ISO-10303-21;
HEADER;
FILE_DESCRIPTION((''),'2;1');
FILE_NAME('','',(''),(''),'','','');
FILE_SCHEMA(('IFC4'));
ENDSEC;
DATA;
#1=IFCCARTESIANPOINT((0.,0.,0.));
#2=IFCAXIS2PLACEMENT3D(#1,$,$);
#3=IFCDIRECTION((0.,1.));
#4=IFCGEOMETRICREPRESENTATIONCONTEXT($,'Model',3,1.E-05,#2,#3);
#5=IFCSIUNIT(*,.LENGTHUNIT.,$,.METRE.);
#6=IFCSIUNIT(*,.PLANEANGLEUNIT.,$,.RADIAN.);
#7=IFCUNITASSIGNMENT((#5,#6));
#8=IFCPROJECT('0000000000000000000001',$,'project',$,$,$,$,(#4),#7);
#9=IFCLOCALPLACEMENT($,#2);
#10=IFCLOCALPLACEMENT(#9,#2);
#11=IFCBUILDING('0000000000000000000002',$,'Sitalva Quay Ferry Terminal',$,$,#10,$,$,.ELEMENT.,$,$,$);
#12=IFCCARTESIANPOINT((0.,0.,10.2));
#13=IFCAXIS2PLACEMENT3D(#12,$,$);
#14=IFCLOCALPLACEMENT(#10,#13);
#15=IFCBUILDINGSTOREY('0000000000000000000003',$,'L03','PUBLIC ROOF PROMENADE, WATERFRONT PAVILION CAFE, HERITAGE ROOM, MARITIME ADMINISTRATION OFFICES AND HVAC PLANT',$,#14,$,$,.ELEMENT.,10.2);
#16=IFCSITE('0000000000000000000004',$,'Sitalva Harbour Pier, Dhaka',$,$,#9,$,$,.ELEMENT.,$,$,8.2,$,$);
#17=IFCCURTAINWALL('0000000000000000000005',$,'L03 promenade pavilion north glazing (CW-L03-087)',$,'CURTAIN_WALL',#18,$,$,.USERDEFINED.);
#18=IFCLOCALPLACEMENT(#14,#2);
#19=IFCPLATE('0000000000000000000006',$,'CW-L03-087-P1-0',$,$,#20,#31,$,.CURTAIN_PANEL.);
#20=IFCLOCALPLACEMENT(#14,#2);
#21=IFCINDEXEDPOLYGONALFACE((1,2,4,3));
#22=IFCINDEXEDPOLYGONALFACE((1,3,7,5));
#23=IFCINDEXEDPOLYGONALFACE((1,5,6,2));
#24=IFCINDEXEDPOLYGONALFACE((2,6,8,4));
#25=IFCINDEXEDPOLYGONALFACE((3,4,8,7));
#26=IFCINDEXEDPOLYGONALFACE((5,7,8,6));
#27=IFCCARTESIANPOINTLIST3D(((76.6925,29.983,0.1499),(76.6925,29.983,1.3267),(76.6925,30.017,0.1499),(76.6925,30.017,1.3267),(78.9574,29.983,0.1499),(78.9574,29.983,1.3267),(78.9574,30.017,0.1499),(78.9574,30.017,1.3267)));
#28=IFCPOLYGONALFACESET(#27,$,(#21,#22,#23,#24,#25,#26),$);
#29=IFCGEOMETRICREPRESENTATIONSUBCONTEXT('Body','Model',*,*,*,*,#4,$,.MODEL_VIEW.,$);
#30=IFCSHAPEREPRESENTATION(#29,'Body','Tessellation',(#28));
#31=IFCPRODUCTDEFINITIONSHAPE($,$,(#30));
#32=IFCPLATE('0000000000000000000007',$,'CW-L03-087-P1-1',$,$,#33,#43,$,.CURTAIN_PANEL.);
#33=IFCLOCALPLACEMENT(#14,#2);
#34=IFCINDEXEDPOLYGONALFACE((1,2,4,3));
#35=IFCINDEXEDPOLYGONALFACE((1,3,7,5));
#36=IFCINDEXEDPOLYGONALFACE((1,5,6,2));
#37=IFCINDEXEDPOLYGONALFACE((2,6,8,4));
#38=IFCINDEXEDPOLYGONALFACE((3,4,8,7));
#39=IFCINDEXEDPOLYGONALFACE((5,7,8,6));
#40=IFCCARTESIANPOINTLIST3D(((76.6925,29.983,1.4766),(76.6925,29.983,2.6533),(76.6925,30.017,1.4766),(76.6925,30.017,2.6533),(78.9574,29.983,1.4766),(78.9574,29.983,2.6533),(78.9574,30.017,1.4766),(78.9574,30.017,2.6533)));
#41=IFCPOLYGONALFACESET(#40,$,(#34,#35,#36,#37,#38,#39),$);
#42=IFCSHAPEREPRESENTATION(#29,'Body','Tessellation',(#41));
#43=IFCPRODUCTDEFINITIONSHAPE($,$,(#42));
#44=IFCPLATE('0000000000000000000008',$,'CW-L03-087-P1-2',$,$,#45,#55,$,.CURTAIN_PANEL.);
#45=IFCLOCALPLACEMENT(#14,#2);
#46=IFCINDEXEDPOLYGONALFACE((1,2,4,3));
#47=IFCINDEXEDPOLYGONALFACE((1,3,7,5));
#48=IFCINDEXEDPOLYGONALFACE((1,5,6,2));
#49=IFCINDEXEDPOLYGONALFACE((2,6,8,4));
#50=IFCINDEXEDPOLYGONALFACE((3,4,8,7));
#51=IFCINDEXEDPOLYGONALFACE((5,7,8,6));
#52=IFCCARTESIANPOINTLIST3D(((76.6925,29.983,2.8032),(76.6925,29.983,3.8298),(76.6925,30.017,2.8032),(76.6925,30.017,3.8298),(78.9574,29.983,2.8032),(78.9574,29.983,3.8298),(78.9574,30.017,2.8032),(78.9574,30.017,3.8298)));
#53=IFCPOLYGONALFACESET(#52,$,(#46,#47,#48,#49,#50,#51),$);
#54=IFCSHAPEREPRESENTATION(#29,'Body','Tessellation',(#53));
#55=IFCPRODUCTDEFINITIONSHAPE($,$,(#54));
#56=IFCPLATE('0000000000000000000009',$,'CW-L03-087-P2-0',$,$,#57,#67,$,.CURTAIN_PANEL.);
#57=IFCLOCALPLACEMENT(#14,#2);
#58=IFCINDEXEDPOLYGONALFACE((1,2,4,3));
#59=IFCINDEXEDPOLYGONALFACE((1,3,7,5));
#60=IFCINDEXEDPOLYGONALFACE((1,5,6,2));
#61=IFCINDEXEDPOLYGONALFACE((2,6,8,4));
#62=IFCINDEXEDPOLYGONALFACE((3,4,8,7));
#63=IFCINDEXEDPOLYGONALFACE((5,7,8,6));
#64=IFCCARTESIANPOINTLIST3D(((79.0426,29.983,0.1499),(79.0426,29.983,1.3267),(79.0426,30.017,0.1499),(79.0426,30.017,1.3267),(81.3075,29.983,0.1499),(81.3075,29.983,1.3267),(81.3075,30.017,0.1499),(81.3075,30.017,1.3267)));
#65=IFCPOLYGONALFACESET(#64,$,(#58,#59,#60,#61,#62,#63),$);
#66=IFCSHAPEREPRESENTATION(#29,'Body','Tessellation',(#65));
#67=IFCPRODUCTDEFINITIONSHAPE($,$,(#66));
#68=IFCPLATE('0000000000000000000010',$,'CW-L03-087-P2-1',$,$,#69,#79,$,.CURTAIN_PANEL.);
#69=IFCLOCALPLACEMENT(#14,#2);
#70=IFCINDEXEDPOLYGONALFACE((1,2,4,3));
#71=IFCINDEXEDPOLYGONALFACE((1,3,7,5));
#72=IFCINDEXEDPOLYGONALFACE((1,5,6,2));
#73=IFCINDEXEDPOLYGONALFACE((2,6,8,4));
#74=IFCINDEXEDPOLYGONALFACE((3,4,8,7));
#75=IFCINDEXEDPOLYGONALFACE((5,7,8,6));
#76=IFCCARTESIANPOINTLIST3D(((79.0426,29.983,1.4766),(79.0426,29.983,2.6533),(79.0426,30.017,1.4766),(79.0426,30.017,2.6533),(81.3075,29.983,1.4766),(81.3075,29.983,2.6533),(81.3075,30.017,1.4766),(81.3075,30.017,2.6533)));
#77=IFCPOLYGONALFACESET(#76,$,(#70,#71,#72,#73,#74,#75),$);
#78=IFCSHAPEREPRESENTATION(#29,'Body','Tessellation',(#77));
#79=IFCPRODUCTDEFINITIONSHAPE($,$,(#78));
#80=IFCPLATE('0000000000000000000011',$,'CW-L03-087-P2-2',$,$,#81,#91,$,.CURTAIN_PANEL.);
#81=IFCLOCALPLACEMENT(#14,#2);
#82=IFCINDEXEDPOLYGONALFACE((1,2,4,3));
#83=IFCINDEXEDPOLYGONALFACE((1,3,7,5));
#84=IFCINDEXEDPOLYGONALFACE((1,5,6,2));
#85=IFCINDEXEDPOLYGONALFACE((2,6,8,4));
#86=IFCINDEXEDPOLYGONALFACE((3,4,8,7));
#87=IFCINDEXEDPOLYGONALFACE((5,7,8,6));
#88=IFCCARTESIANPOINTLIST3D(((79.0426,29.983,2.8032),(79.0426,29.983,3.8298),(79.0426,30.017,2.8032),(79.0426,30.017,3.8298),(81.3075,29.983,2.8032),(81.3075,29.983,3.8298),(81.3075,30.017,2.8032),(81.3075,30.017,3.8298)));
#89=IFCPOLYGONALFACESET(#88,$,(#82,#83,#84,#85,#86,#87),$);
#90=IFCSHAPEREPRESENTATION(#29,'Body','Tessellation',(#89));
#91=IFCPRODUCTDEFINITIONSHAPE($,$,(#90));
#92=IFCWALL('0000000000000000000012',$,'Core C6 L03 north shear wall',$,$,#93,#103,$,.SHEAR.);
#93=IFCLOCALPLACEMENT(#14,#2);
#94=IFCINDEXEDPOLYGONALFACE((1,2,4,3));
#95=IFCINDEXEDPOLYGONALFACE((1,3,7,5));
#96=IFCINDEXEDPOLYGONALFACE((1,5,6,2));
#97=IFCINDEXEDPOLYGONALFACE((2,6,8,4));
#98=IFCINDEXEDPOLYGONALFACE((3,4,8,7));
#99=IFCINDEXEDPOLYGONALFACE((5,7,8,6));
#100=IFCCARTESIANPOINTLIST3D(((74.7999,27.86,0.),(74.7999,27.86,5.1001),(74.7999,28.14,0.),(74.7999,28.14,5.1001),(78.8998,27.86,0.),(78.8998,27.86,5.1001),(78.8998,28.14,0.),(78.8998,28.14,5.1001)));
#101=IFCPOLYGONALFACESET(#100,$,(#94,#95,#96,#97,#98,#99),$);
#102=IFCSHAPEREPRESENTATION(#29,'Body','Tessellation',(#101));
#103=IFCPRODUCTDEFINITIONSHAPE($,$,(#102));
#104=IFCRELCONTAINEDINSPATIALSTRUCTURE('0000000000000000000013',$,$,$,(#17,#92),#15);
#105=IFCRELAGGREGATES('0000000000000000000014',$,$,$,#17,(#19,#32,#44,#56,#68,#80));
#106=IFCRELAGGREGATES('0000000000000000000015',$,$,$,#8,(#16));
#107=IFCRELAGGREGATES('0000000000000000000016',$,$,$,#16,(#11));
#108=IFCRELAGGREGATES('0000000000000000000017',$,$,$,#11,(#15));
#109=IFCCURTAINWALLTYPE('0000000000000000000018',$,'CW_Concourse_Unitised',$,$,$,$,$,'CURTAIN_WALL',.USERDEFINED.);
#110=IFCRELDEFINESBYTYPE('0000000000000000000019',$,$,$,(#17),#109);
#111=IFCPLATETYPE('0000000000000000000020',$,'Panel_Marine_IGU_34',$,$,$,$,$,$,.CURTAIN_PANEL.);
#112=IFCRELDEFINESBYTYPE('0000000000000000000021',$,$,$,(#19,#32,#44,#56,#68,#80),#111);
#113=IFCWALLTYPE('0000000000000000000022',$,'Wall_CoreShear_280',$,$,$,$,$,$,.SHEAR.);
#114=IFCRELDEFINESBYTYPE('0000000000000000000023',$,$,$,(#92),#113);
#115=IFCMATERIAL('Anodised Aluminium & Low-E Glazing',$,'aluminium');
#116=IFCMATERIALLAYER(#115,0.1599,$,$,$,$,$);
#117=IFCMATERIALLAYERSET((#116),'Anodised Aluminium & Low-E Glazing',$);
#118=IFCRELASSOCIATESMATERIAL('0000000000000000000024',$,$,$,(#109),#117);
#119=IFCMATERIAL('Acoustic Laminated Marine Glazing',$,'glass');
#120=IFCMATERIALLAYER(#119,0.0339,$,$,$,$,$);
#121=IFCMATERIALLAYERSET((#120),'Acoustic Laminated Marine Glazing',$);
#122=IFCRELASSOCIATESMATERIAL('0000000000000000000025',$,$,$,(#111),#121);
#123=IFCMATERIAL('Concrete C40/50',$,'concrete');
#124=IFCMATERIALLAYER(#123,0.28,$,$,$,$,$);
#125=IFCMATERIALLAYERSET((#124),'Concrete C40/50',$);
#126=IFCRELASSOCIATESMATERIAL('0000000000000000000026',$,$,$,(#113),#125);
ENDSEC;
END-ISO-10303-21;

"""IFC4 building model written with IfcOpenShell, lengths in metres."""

from ifc_helpers import new_model, si_unit, direction, frame, frame_2d, origin, origin_2d, place, context, subcontext, project, spatial, rectangle, extrude, material, layer, layer_set, type_object, element, aggregate, save


model = new_model("IFC4")

# Units and contexts
model_context = context("Model", 3, precision=1e-05, world=origin(), true_north=direction((0.0, 1.0)))
body_context = subcontext(model_context, "Body", "Model", "MODEL_VIEW")
ifc_project = project(units=[si_unit("LENGTHUNIT", "METRE"), si_unit("PLANEANGLEUNIT", "RADIAN")], contexts=[model_context])

# Site, building, storey
site_placement = place(None, origin())
site = spatial("IfcSite", under=ifc_project, at=site_placement, Name="Sitalva Harbour Pier, Dhaka", CompositionType="ELEMENT", RefElevation=8.2)
building_placement = place(site_placement, origin())
building = spatial("IfcBuilding", under=site, at=building_placement, Name="Sitalva Quay Ferry Terminal", CompositionType="ELEMENT")
storey_placement = place(building_placement, frame((0.0, 0.0, 10.2)))
storey = spatial("IfcBuildingStorey", under=building, at=storey_placement, Name="L03", Description="PUBLIC ROOF PROMENADE, WATERFRONT PAVILION CAFE, HERITAGE ROOM, MARITIME ADMINISTRATION OFFICES AND HVAC PLANT", CompositionType="ELEMENT", Elevation=10.2)

# Curtain wall, plates
ifc_material_1 = material(Name="Anodised Aluminium & Low-E Glazing", Category="aluminium")
ifc_layer_1 = layer(ifc_material_1, 0.1599)
ifc_layer_set_1 = layer_set([ifc_layer_1], Name="Anodised Aluminium & Low-E Glazing")
curtain_wall_type = type_object("IfcCurtainWallType", Name="CW_Concourse_Unitised", ElementType="CURTAIN_WALL", PredefinedType="USERDEFINED", material=ifc_layer_set_1)
curtain_wall_placement = place(storey_placement, origin())
curtain_wall = element("IfcCurtainWall", 1, at=curtain_wall_placement, inside=storey, type_object=curtain_wall_type, Name="L03 promenade pavilion north glazing (CW-L03-087)", ObjectType="CURTAIN_WALL", PredefinedType="USERDEFINED")
ifc_material_2 = material(Name="Acoustic Laminated Marine Glazing", Category="glass")
ifc_layer_2 = layer(ifc_material_2, 0.0339)
ifc_layer_set_2 = layer_set([ifc_layer_2], Name="Acoustic Laminated Marine Glazing")
plate_type = type_object("IfcPlateType", Name="Panel_Marine_IGU_34", PredefinedType="CURTAIN_PANEL", material=ifc_layer_set_2)
plate_1_placement = place(storey_placement, frame((77.825, 30.0, 0.1499), z_axis=(0.0, 0.0, 1.0), x_axis=(1.0, 0.0, 0.0)))
plate_1 = element("IfcPlate", 2, at=plate_1_placement, type_object=plate_type, Name="CW-L03-087-P1-0", PredefinedType="CURTAIN_PANEL", context=body_context, shape_type="SweptSolid", body=[
    extrude(rectangle(XDim=2.2649, YDim=0.0339, at=origin_2d()), origin(), (0.0, 0.0, 1.0), 1.1768),
])
plate_2_placement = place(storey_placement, frame((77.825, 30.0, 1.4766), z_axis=(0.0, 0.0, 1.0), x_axis=(1.0, 0.0, 0.0)))
plate_2 = element("IfcPlate", 3, at=plate_2_placement, type_object=plate_type, Name="CW-L03-087-P1-1", PredefinedType="CURTAIN_PANEL", context=body_context, shape_type="SweptSolid", body=[
    extrude(rectangle(XDim=2.2649, YDim=0.0339, at=origin_2d()), origin(), (0.0, 0.0, 1.0), 1.1768),
])
plate_3_placement = place(storey_placement, frame((77.825, 30.0, 2.8032), z_axis=(0.0, 0.0, 1.0), x_axis=(1.0, 0.0, 0.0)))
plate_3 = element("IfcPlate", 4, at=plate_3_placement, type_object=plate_type, Name="CW-L03-087-P1-2", PredefinedType="CURTAIN_PANEL", context=body_context, shape_type="SweptSolid", body=[
    extrude(rectangle(XDim=2.2649, YDim=0.0339, at=origin_2d()), origin(), (0.0, 0.0, 1.0), 1.0266),
])
plate_4_placement = place(storey_placement, frame((80.175, 30.0, 0.1499), z_axis=(0.0, 0.0, 1.0), x_axis=(1.0, 0.0, 0.0)))
plate_4 = element("IfcPlate", 5, at=plate_4_placement, type_object=plate_type, Name="CW-L03-087-P2-0", PredefinedType="CURTAIN_PANEL", context=body_context, shape_type="SweptSolid", body=[
    extrude(rectangle(XDim=2.2649, YDim=0.0339, at=origin_2d()), origin(), (0.0, 0.0, 1.0), 1.1768),
])
plate_5_placement = place(storey_placement, frame((80.175, 30.0, 1.4766), z_axis=(0.0, 0.0, 1.0), x_axis=(1.0, 0.0, 0.0)))
plate_5 = element("IfcPlate", 6, at=plate_5_placement, type_object=plate_type, Name="CW-L03-087-P2-1", PredefinedType="CURTAIN_PANEL", context=body_context, shape_type="SweptSolid", body=[
    extrude(rectangle(XDim=2.2649, YDim=0.0339, at=origin_2d()), origin(), (0.0, 0.0, 1.0), 1.1768),
])
plate_6_placement = place(storey_placement, frame((80.175, 30.0, 2.8032), z_axis=(0.0, 0.0, 1.0), x_axis=(1.0, 0.0, 0.0)))
plate_6 = element("IfcPlate", 7, at=plate_6_placement, type_object=plate_type, Name="CW-L03-087-P2-2", PredefinedType="CURTAIN_PANEL", context=body_context, shape_type="SweptSolid", body=[
    extrude(rectangle(XDim=2.2649, YDim=0.0339, at=origin_2d()), origin(), (0.0, 0.0, 1.0), 1.0266),
])
aggregate(curtain_wall, [plate_1, plate_2, plate_3, plate_4, plate_5, plate_6])

# Wall
ifc_material_3 = material(Name="Concrete C40/50", Category="concrete")
ifc_layer_3 = layer(ifc_material_3, 0.28)
ifc_layer_set_3 = layer_set([ifc_layer_3], Name="Concrete C40/50")
wall_type = type_object("IfcWallType", Name="Wall_CoreShear_280", PredefinedType="SHEAR", material=ifc_layer_set_3)
wall_placement = place(storey_placement, frame((74.8, 28.0, 0.0), z_axis=(0.0, 0.0, 1.0), x_axis=(1.0, 0.0, 0.0)))
element("IfcWall", 8, at=wall_placement, inside=storey, type_object=wall_type, Name="Core C6 L03 north shear wall", PredefinedType="SHEAR", context=body_context, shape_type="SweptSolid", body=[
    extrude(rectangle(XDim=4.0999, YDim=0.28, at=frame_2d((2.0498, 0.0))), origin(), (0.0, 0.0, 1.0), 5.1001),
])

save(model, "model.ifc")
